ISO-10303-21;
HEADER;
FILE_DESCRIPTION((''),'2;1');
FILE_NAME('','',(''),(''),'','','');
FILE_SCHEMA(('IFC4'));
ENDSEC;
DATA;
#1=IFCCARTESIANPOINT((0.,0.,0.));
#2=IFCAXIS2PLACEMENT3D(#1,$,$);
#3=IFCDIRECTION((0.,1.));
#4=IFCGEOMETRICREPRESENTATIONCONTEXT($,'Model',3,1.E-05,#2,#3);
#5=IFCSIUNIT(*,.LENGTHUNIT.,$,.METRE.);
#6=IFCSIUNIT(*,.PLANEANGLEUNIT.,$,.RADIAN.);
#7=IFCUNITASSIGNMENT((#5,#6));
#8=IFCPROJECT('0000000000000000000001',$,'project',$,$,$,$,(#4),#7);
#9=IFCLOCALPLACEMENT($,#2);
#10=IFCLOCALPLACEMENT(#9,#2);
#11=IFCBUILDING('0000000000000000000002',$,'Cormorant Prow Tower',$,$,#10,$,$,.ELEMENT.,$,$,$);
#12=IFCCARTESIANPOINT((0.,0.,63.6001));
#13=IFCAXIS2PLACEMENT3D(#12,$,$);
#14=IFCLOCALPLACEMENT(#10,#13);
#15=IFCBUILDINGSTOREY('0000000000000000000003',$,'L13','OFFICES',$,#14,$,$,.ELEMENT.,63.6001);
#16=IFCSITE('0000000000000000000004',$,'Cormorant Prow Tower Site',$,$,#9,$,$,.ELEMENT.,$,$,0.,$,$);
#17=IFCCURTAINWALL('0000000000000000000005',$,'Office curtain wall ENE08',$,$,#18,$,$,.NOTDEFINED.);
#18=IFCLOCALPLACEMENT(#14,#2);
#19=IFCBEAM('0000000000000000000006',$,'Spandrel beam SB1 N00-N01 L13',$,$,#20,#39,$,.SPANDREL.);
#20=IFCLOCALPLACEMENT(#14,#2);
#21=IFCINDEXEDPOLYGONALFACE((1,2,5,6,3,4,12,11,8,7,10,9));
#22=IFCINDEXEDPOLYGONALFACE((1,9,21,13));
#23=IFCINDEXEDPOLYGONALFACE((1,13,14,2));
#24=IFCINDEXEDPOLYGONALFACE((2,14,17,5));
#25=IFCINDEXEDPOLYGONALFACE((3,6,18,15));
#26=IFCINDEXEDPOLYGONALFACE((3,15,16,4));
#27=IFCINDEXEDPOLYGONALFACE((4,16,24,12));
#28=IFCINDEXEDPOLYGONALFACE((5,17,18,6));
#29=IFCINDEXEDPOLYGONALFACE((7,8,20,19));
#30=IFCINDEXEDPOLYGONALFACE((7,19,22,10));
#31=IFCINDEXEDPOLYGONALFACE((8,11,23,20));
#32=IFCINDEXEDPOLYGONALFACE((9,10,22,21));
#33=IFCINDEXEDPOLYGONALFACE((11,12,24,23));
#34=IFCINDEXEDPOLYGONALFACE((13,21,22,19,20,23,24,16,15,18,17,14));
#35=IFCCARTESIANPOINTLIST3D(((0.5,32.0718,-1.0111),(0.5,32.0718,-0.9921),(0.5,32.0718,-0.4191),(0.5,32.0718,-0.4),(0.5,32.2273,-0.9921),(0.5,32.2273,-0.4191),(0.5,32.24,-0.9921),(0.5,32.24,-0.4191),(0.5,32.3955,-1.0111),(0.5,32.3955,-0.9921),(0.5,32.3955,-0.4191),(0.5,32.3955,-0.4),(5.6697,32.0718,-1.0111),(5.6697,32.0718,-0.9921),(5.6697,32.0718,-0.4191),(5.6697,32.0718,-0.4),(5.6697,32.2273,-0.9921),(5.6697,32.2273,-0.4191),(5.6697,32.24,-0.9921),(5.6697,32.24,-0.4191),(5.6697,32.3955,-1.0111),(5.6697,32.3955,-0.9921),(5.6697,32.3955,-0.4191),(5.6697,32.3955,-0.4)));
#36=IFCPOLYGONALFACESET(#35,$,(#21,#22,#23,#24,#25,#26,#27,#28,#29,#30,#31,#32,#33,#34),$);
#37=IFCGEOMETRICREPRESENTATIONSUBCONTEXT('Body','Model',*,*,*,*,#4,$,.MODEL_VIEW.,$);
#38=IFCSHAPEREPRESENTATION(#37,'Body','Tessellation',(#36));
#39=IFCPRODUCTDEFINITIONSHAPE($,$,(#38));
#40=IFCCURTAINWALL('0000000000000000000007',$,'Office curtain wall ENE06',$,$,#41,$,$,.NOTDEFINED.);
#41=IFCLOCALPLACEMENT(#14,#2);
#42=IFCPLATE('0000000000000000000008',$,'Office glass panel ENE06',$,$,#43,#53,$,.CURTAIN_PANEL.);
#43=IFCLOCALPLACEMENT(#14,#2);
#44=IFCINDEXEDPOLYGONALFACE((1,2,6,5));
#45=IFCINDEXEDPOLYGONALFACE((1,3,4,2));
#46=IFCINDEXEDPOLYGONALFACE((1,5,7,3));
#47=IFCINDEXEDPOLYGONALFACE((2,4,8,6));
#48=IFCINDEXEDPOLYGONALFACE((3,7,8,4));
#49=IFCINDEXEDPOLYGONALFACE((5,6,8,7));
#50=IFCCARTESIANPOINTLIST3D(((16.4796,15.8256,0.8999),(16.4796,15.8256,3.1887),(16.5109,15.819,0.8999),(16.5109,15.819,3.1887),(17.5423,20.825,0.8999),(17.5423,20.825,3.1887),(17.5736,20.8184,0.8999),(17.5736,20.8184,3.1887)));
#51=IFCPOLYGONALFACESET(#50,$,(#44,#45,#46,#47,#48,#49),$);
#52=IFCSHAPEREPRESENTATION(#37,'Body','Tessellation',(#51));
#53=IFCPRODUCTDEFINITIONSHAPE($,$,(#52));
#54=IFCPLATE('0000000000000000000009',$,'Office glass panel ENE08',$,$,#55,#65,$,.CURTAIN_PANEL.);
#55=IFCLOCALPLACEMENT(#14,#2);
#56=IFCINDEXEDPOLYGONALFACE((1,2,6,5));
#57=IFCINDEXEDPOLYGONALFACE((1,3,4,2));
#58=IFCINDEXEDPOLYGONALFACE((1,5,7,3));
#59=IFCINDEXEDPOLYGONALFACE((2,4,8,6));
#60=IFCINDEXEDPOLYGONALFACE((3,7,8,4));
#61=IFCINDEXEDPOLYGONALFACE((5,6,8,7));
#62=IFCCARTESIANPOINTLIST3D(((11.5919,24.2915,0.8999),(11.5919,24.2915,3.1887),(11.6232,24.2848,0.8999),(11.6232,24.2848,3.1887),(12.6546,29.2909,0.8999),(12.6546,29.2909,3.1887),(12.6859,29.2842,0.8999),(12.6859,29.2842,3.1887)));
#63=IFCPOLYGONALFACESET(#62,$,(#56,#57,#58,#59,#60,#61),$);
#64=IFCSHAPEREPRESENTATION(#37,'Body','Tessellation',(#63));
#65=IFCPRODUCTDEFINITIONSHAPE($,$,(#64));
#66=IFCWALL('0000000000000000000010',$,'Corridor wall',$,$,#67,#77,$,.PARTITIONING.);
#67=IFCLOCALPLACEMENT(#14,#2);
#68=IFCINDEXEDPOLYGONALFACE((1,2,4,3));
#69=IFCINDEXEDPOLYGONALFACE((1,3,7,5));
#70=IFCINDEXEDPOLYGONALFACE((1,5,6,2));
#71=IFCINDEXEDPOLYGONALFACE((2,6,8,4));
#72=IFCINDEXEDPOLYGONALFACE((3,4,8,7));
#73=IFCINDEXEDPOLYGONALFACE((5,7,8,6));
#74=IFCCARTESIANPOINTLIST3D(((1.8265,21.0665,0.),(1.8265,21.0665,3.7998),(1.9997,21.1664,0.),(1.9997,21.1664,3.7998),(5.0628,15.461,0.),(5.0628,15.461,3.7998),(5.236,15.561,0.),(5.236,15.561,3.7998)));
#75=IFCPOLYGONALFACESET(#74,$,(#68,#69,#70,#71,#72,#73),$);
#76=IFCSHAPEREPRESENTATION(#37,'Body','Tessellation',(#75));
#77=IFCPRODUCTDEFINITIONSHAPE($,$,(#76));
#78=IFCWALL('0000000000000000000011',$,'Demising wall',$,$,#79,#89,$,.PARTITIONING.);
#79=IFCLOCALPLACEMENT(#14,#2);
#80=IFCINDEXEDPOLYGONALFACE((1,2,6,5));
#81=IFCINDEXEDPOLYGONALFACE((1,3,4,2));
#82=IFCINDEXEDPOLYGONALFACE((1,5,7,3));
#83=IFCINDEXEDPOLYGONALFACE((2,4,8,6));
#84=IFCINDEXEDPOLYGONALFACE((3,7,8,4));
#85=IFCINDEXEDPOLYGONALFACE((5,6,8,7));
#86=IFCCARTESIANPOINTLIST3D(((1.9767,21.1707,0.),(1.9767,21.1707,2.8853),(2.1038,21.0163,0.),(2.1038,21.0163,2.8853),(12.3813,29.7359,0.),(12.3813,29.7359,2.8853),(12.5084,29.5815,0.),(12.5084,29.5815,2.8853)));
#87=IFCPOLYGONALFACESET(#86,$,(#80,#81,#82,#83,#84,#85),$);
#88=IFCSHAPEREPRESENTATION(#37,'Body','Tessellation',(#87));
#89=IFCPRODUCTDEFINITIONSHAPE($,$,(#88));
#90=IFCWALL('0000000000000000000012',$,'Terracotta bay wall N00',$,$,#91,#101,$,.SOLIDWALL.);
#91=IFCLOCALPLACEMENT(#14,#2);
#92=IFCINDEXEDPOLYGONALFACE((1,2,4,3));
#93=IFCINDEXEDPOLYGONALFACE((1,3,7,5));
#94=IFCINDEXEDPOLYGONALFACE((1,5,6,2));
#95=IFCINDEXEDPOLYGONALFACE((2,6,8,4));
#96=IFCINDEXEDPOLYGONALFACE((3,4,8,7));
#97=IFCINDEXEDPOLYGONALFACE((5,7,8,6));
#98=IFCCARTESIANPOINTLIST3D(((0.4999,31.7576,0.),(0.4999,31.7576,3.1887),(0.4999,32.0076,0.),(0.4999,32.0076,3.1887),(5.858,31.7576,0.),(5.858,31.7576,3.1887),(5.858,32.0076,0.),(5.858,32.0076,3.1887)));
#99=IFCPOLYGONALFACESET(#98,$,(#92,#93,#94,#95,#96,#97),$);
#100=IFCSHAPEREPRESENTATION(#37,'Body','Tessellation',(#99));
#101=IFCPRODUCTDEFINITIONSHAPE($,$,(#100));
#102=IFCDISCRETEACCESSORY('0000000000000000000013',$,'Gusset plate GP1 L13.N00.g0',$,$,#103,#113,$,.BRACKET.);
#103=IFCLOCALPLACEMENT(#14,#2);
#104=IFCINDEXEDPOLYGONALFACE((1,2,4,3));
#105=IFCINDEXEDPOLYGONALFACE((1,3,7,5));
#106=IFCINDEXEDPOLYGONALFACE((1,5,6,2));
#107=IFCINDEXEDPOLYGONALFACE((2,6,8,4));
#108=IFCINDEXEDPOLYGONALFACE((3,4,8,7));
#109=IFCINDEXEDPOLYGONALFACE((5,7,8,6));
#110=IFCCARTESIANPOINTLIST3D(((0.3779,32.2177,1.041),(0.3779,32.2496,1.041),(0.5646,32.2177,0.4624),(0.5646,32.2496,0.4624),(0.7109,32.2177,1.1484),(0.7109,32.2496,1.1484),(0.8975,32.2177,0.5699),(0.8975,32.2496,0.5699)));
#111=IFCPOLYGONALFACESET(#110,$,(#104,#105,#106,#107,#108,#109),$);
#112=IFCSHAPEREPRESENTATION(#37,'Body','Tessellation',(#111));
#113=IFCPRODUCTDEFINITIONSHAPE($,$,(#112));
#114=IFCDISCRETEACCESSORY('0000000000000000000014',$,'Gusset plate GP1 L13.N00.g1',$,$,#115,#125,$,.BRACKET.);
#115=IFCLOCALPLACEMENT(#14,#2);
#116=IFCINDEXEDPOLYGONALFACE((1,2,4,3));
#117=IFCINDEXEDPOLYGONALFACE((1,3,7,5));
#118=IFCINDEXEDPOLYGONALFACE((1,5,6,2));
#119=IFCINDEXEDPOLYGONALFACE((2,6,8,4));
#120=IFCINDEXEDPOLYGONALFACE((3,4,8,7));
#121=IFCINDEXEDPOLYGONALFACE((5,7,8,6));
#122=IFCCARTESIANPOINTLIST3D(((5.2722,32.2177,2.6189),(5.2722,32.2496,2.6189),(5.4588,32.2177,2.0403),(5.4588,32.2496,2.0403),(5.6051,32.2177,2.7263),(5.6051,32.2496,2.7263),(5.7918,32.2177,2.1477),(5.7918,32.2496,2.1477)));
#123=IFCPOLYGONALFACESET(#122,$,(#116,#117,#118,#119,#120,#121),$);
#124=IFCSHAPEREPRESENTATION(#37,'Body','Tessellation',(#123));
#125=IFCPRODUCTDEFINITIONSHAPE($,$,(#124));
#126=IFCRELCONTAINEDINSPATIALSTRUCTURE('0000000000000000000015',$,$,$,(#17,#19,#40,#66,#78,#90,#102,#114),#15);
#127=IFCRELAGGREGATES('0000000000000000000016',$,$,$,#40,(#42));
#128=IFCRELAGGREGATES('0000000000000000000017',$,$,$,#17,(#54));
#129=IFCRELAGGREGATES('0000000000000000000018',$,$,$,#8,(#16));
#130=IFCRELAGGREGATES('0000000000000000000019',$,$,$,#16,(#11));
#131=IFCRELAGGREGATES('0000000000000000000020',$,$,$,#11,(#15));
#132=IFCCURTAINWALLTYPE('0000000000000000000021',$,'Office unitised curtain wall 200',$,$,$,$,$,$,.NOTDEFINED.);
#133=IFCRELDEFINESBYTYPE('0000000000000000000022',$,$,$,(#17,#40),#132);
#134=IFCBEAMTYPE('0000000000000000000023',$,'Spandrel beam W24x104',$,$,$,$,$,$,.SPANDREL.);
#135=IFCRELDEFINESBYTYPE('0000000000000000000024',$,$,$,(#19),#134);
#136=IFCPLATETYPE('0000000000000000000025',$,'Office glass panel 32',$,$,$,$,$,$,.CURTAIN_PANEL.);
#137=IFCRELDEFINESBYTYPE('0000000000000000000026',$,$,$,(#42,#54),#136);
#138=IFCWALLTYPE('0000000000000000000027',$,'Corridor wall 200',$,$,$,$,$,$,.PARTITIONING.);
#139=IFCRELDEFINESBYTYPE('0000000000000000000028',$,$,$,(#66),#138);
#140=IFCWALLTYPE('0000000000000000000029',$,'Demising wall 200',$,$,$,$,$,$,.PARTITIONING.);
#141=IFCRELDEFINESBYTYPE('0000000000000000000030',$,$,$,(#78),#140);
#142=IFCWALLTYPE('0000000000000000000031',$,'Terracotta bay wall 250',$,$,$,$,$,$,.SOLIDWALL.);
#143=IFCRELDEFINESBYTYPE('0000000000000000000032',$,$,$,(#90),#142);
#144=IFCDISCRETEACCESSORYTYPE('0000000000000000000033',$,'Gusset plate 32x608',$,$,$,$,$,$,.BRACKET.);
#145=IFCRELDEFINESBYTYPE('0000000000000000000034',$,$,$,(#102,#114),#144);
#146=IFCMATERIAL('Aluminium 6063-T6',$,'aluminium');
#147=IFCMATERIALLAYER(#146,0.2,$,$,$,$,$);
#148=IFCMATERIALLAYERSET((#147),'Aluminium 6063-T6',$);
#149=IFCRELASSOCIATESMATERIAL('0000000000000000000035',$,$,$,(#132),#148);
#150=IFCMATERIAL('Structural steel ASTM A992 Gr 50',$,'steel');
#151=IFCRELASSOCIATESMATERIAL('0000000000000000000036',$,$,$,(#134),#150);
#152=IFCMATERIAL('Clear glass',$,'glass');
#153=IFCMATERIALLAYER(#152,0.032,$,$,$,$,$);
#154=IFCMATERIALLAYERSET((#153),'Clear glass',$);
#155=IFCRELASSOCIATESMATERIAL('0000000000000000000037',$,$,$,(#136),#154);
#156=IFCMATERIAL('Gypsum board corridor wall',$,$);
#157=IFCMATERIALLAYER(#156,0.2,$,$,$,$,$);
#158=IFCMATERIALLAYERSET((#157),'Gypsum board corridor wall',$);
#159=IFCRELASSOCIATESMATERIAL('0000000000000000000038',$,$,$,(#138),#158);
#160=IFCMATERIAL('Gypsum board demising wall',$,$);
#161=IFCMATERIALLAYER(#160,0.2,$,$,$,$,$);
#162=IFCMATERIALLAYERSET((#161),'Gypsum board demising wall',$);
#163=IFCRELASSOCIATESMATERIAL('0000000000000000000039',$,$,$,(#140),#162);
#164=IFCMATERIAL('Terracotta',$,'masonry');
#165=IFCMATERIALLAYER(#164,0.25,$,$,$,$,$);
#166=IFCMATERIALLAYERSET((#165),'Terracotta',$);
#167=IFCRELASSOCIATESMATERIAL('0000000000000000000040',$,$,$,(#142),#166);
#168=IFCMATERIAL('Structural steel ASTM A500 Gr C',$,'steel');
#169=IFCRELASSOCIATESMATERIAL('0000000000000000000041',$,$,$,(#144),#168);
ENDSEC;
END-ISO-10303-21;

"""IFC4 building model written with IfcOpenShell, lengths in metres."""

from ifc_helpers import new_model, si_unit, direction, frame, frame_2d, origin, origin_2d, place, context, subcontext, project, spatial, rectangle, i_section, extrude, material, layer, layer_set, material_profile, profile_set, type_object, element, aggregate, save


model = new_model("IFC4")

# Units and contexts
model_context = context("Model", 3, precision=1e-05, world=origin(), true_north=direction((0.0, 1.0)))
body_context = subcontext(model_context, "Body", "Model", "MODEL_VIEW")
ifc_project = project(units=[si_unit("LENGTHUNIT", "METRE"), si_unit("PLANEANGLEUNIT", "RADIAN")], contexts=[model_context])

# Site, building, storey
site_placement = place(None, origin())
site = spatial("IfcSite", under=ifc_project, at=site_placement, Name="Cormorant Prow Tower Site", CompositionType="ELEMENT", RefElevation=0.0)
building_placement = place(site_placement, origin())
building = spatial("IfcBuilding", under=site, at=building_placement, Name="Cormorant Prow Tower", CompositionType="ELEMENT")
storey_placement = place(building_placement, frame((0.0, 0.0, 63.6001)))
storey = spatial("IfcBuildingStorey", under=building, at=storey_placement, Name="L13", Description="OFFICES", CompositionType="ELEMENT", Elevation=63.6001)

# Curtain wall
ifc_material_1 = material(Name="Aluminium 6063-T6", Category="aluminium")
ifc_layer_1 = layer(ifc_material_1, 0.2)
ifc_layer_set_1 = layer_set([ifc_layer_1], Name="Aluminium 6063-T6")
curtain_wall_type = type_object("IfcCurtainWallType", Name="Office unitised curtain wall 200", PredefinedType="NOTDEFINED", material=ifc_layer_set_1)
curtain_wall_1_placement = place(storey_placement, origin())
curtain_wall_1 = element("IfcCurtainWall", 1, at=curtain_wall_1_placement, inside=storey, type_object=curtain_wall_type, Name="Office curtain wall ENE08", PredefinedType="NOTDEFINED")

# Beam
ifc_material_2 = material(Name="Structural steel ASTM A992 Gr 50", Category="steel")
ifc_material_profile_1 = material_profile(ifc_material_2, i_section(OverallWidth=0.3237, OverallDepth=0.6111, WebThickness=0.0127, FlangeThickness=0.019, at=origin_2d()), Name="W24x104")
ifc_profile_set_1 = profile_set([ifc_material_profile_1], Name="Structural steel ASTM A992 Gr 50")
beam_type = type_object("IfcBeamType", Name="Spandrel beam W24x104", PredefinedType="SPANDREL", material=ifc_profile_set_1)
beam_1_placement = place(storey_placement, frame((5.6697, 32.2336, -0.7056), z_axis=(-1.0, 0.0, 0.0), x_axis=(0.0, -1.0, 0.0)))
element("IfcBeam", 2, at=beam_1_placement, inside=storey, type_object=beam_type, Name="Spandrel beam SB1 N00-N01 L13", PredefinedType="SPANDREL", context=body_context, shape_type="SweptSolid", body=[
    extrude(i_section(OverallWidth=0.3237, OverallDepth=0.6111, WebThickness=0.0127, FlangeThickness=0.019, at=origin_2d()), origin(), (0.0, 0.0, 1.0), 5.1697),
])

# Curtain wall, plate
curtain_wall_2_placement = place(storey_placement, origin())
curtain_wall_2 = element("IfcCurtainWall", 3, at=curtain_wall_2_placement, inside=storey, type_object=curtain_wall_type, Name="Office curtain wall ENE06", PredefinedType="NOTDEFINED")
ifc_material_3 = material(Name="Clear glass", Category="glass")
ifc_layer_2 = layer(ifc_material_3, 0.032)
ifc_layer_set_2 = layer_set([ifc_layer_2], Name="Clear glass")
plate_type = type_object("IfcPlateType", Name="Office glass panel 32", PredefinedType="CURTAIN_PANEL", material=ifc_layer_set_2)
plate_1_placement = place(storey_placement, frame((17.0266, 18.322, 0.8999), z_axis=(0.0, 0.0, 1.0), x_axis=(0.207912, 0.978148, 0.0)))
plate_1 = element("IfcPlate", 4, at=plate_1_placement, type_object=plate_type, Name="Office glass panel ENE06", PredefinedType="CURTAIN_PANEL", context=body_context, shape_type="SweptSolid", body=[
    extrude(rectangle(XDim=5.1111, YDim=0.032, at=origin_2d()), origin(), (0.0, 0.0, 1.0), 2.2888),
])
aggregate(curtain_wall_2, [plate_1])

# Plate
plate_2_placement = place(storey_placement, frame((12.1389, 26.7878, 0.8999), z_axis=(0.0, 0.0, 1.0), x_axis=(0.207912, 0.978148, 0.0)))
plate_2 = element("IfcPlate", 5, at=plate_2_placement, type_object=plate_type, Name="Office glass panel ENE08", PredefinedType="CURTAIN_PANEL", context=body_context, shape_type="SweptSolid", body=[
    extrude(rectangle(XDim=5.1111, YDim=0.032, at=origin_2d()), origin(), (0.0, 0.0, 1.0), 2.2888),
])
aggregate(curtain_wall_1, [plate_2])

# Walls
ifc_material_4 = material(Name="Gypsum board corridor wall")
ifc_layer_3 = layer(ifc_material_4, 0.2)
ifc_layer_set_3 = layer_set([ifc_layer_3], Name="Gypsum board corridor wall")
wall_type_1 = type_object("IfcWallType", Name="Corridor wall 200", PredefinedType="PARTITIONING", material=ifc_layer_set_3)
wall_1_placement = place(storey_placement, frame((1.9131, 21.1165, 0.0), z_axis=(0.0, 0.0, 1.0), x_axis=(0.500001, -0.866025, 0.0)))
element("IfcWall", 6, at=wall_1_placement, inside=storey, type_object=wall_type_1, Name="Corridor wall", PredefinedType="PARTITIONING", context=body_context, shape_type="SweptSolid", body=[
    extrude(rectangle(XDim=6.4727, YDim=0.2, at=frame_2d((3.2363, 0.0))), origin(), (0.0, 0.0, 1.0), 3.7998),
])
ifc_material_5 = material(Name="Gypsum board demising wall")
ifc_layer_4 = layer(ifc_material_5, 0.2)
ifc_layer_set_4 = layer_set([ifc_layer_4], Name="Gypsum board demising wall")
wall_type_2 = type_object("IfcWallType", Name="Demising wall 200", PredefinedType="PARTITIONING", material=ifc_layer_set_4)
wall_2_placement = place(storey_placement, frame((2.0403, 21.0935, 0.0), z_axis=(0.0, 0.0, 1.0), x_axis=(0.772049, 0.635563, 0.0)))
element("IfcWall", 7, at=wall_2_placement, inside=storey, type_object=wall_type_2, Name="Demising wall", PredefinedType="PARTITIONING", context=body_context, shape_type="SweptSolid", body=[
    extrude(rectangle(XDim=13.4766, YDim=0.2, at=frame_2d((6.7383, 0.0))), origin(), (0.0, 0.0, 1.0), 2.8853),
])
ifc_material_6 = material(Name="Terracotta", Category="masonry")
ifc_layer_5 = layer(ifc_material_6, 0.25)
ifc_layer_set_5 = layer_set([ifc_layer_5], Name="Terracotta")
wall_type_3 = type_object("IfcWallType", Name="Terracotta bay wall 250", PredefinedType="SOLIDWALL", material=ifc_layer_set_5)
wall_3_placement = place(storey_placement, frame((5.8582, 31.8826, 0.0), z_axis=(0.0, 0.0, 1.0), x_axis=(-1.0, 0.0, 0.0)))
element("IfcWall", 8, at=wall_3_placement, inside=storey, type_object=wall_type_3, Name="Terracotta bay wall N00", PredefinedType="SOLIDWALL", context=body_context, shape_type="SweptSolid", body=[
    extrude(rectangle(XDim=5.3582, YDim=0.25, at=frame_2d((2.6792, 0.0))), origin(), (0.0, 0.0, 1.0), 3.1887),
])

# Discrete accessories
ifc_material_7 = material(Name="Structural steel ASTM A500 Gr C", Category="steel")
ifc_material_profile_2 = material_profile(ifc_material_7, rectangle(XDim=0.032, YDim=0.6079, at=origin_2d()), Name="Gusset plate 32x608")
ifc_profile_set_2 = profile_set([ifc_material_profile_2], Name="Structural steel ASTM A500 Gr C")
discrete_accessory_type = type_object("IfcDiscreteAccessoryType", Name="Gusset plate 32x608", PredefinedType="BRACKET", material=ifc_profile_set_2)
for number, where, z_axis, x_axis, name in (
    (9, (0.8042, 32.2336, 0.8591), (-0.951709, 0.0, -0.307003), (0.0, -1.0, 0.0), "Gusset plate GP1 L13.N00.g0"),
    (10, (5.3655, 32.2336, 2.3296), (0.951709, 0.0, 0.307003), (0.0, 1.0, 0.0), "Gusset plate GP1 L13.N00.g1"),
):
    element("IfcDiscreteAccessory", number, at=place(storey_placement, frame(where, z_axis=z_axis, x_axis=x_axis)), inside=storey, type_object=discrete_accessory_type, Name=name, PredefinedType="BRACKET", context=body_context, shape_type="SweptSolid", body=[
        extrude(rectangle(XDim=0.032, YDim=0.6079, at=origin_2d()), origin(), (0.0, 0.0, 1.0), 0.3499),
    ])

save(model, "model.ifc")
